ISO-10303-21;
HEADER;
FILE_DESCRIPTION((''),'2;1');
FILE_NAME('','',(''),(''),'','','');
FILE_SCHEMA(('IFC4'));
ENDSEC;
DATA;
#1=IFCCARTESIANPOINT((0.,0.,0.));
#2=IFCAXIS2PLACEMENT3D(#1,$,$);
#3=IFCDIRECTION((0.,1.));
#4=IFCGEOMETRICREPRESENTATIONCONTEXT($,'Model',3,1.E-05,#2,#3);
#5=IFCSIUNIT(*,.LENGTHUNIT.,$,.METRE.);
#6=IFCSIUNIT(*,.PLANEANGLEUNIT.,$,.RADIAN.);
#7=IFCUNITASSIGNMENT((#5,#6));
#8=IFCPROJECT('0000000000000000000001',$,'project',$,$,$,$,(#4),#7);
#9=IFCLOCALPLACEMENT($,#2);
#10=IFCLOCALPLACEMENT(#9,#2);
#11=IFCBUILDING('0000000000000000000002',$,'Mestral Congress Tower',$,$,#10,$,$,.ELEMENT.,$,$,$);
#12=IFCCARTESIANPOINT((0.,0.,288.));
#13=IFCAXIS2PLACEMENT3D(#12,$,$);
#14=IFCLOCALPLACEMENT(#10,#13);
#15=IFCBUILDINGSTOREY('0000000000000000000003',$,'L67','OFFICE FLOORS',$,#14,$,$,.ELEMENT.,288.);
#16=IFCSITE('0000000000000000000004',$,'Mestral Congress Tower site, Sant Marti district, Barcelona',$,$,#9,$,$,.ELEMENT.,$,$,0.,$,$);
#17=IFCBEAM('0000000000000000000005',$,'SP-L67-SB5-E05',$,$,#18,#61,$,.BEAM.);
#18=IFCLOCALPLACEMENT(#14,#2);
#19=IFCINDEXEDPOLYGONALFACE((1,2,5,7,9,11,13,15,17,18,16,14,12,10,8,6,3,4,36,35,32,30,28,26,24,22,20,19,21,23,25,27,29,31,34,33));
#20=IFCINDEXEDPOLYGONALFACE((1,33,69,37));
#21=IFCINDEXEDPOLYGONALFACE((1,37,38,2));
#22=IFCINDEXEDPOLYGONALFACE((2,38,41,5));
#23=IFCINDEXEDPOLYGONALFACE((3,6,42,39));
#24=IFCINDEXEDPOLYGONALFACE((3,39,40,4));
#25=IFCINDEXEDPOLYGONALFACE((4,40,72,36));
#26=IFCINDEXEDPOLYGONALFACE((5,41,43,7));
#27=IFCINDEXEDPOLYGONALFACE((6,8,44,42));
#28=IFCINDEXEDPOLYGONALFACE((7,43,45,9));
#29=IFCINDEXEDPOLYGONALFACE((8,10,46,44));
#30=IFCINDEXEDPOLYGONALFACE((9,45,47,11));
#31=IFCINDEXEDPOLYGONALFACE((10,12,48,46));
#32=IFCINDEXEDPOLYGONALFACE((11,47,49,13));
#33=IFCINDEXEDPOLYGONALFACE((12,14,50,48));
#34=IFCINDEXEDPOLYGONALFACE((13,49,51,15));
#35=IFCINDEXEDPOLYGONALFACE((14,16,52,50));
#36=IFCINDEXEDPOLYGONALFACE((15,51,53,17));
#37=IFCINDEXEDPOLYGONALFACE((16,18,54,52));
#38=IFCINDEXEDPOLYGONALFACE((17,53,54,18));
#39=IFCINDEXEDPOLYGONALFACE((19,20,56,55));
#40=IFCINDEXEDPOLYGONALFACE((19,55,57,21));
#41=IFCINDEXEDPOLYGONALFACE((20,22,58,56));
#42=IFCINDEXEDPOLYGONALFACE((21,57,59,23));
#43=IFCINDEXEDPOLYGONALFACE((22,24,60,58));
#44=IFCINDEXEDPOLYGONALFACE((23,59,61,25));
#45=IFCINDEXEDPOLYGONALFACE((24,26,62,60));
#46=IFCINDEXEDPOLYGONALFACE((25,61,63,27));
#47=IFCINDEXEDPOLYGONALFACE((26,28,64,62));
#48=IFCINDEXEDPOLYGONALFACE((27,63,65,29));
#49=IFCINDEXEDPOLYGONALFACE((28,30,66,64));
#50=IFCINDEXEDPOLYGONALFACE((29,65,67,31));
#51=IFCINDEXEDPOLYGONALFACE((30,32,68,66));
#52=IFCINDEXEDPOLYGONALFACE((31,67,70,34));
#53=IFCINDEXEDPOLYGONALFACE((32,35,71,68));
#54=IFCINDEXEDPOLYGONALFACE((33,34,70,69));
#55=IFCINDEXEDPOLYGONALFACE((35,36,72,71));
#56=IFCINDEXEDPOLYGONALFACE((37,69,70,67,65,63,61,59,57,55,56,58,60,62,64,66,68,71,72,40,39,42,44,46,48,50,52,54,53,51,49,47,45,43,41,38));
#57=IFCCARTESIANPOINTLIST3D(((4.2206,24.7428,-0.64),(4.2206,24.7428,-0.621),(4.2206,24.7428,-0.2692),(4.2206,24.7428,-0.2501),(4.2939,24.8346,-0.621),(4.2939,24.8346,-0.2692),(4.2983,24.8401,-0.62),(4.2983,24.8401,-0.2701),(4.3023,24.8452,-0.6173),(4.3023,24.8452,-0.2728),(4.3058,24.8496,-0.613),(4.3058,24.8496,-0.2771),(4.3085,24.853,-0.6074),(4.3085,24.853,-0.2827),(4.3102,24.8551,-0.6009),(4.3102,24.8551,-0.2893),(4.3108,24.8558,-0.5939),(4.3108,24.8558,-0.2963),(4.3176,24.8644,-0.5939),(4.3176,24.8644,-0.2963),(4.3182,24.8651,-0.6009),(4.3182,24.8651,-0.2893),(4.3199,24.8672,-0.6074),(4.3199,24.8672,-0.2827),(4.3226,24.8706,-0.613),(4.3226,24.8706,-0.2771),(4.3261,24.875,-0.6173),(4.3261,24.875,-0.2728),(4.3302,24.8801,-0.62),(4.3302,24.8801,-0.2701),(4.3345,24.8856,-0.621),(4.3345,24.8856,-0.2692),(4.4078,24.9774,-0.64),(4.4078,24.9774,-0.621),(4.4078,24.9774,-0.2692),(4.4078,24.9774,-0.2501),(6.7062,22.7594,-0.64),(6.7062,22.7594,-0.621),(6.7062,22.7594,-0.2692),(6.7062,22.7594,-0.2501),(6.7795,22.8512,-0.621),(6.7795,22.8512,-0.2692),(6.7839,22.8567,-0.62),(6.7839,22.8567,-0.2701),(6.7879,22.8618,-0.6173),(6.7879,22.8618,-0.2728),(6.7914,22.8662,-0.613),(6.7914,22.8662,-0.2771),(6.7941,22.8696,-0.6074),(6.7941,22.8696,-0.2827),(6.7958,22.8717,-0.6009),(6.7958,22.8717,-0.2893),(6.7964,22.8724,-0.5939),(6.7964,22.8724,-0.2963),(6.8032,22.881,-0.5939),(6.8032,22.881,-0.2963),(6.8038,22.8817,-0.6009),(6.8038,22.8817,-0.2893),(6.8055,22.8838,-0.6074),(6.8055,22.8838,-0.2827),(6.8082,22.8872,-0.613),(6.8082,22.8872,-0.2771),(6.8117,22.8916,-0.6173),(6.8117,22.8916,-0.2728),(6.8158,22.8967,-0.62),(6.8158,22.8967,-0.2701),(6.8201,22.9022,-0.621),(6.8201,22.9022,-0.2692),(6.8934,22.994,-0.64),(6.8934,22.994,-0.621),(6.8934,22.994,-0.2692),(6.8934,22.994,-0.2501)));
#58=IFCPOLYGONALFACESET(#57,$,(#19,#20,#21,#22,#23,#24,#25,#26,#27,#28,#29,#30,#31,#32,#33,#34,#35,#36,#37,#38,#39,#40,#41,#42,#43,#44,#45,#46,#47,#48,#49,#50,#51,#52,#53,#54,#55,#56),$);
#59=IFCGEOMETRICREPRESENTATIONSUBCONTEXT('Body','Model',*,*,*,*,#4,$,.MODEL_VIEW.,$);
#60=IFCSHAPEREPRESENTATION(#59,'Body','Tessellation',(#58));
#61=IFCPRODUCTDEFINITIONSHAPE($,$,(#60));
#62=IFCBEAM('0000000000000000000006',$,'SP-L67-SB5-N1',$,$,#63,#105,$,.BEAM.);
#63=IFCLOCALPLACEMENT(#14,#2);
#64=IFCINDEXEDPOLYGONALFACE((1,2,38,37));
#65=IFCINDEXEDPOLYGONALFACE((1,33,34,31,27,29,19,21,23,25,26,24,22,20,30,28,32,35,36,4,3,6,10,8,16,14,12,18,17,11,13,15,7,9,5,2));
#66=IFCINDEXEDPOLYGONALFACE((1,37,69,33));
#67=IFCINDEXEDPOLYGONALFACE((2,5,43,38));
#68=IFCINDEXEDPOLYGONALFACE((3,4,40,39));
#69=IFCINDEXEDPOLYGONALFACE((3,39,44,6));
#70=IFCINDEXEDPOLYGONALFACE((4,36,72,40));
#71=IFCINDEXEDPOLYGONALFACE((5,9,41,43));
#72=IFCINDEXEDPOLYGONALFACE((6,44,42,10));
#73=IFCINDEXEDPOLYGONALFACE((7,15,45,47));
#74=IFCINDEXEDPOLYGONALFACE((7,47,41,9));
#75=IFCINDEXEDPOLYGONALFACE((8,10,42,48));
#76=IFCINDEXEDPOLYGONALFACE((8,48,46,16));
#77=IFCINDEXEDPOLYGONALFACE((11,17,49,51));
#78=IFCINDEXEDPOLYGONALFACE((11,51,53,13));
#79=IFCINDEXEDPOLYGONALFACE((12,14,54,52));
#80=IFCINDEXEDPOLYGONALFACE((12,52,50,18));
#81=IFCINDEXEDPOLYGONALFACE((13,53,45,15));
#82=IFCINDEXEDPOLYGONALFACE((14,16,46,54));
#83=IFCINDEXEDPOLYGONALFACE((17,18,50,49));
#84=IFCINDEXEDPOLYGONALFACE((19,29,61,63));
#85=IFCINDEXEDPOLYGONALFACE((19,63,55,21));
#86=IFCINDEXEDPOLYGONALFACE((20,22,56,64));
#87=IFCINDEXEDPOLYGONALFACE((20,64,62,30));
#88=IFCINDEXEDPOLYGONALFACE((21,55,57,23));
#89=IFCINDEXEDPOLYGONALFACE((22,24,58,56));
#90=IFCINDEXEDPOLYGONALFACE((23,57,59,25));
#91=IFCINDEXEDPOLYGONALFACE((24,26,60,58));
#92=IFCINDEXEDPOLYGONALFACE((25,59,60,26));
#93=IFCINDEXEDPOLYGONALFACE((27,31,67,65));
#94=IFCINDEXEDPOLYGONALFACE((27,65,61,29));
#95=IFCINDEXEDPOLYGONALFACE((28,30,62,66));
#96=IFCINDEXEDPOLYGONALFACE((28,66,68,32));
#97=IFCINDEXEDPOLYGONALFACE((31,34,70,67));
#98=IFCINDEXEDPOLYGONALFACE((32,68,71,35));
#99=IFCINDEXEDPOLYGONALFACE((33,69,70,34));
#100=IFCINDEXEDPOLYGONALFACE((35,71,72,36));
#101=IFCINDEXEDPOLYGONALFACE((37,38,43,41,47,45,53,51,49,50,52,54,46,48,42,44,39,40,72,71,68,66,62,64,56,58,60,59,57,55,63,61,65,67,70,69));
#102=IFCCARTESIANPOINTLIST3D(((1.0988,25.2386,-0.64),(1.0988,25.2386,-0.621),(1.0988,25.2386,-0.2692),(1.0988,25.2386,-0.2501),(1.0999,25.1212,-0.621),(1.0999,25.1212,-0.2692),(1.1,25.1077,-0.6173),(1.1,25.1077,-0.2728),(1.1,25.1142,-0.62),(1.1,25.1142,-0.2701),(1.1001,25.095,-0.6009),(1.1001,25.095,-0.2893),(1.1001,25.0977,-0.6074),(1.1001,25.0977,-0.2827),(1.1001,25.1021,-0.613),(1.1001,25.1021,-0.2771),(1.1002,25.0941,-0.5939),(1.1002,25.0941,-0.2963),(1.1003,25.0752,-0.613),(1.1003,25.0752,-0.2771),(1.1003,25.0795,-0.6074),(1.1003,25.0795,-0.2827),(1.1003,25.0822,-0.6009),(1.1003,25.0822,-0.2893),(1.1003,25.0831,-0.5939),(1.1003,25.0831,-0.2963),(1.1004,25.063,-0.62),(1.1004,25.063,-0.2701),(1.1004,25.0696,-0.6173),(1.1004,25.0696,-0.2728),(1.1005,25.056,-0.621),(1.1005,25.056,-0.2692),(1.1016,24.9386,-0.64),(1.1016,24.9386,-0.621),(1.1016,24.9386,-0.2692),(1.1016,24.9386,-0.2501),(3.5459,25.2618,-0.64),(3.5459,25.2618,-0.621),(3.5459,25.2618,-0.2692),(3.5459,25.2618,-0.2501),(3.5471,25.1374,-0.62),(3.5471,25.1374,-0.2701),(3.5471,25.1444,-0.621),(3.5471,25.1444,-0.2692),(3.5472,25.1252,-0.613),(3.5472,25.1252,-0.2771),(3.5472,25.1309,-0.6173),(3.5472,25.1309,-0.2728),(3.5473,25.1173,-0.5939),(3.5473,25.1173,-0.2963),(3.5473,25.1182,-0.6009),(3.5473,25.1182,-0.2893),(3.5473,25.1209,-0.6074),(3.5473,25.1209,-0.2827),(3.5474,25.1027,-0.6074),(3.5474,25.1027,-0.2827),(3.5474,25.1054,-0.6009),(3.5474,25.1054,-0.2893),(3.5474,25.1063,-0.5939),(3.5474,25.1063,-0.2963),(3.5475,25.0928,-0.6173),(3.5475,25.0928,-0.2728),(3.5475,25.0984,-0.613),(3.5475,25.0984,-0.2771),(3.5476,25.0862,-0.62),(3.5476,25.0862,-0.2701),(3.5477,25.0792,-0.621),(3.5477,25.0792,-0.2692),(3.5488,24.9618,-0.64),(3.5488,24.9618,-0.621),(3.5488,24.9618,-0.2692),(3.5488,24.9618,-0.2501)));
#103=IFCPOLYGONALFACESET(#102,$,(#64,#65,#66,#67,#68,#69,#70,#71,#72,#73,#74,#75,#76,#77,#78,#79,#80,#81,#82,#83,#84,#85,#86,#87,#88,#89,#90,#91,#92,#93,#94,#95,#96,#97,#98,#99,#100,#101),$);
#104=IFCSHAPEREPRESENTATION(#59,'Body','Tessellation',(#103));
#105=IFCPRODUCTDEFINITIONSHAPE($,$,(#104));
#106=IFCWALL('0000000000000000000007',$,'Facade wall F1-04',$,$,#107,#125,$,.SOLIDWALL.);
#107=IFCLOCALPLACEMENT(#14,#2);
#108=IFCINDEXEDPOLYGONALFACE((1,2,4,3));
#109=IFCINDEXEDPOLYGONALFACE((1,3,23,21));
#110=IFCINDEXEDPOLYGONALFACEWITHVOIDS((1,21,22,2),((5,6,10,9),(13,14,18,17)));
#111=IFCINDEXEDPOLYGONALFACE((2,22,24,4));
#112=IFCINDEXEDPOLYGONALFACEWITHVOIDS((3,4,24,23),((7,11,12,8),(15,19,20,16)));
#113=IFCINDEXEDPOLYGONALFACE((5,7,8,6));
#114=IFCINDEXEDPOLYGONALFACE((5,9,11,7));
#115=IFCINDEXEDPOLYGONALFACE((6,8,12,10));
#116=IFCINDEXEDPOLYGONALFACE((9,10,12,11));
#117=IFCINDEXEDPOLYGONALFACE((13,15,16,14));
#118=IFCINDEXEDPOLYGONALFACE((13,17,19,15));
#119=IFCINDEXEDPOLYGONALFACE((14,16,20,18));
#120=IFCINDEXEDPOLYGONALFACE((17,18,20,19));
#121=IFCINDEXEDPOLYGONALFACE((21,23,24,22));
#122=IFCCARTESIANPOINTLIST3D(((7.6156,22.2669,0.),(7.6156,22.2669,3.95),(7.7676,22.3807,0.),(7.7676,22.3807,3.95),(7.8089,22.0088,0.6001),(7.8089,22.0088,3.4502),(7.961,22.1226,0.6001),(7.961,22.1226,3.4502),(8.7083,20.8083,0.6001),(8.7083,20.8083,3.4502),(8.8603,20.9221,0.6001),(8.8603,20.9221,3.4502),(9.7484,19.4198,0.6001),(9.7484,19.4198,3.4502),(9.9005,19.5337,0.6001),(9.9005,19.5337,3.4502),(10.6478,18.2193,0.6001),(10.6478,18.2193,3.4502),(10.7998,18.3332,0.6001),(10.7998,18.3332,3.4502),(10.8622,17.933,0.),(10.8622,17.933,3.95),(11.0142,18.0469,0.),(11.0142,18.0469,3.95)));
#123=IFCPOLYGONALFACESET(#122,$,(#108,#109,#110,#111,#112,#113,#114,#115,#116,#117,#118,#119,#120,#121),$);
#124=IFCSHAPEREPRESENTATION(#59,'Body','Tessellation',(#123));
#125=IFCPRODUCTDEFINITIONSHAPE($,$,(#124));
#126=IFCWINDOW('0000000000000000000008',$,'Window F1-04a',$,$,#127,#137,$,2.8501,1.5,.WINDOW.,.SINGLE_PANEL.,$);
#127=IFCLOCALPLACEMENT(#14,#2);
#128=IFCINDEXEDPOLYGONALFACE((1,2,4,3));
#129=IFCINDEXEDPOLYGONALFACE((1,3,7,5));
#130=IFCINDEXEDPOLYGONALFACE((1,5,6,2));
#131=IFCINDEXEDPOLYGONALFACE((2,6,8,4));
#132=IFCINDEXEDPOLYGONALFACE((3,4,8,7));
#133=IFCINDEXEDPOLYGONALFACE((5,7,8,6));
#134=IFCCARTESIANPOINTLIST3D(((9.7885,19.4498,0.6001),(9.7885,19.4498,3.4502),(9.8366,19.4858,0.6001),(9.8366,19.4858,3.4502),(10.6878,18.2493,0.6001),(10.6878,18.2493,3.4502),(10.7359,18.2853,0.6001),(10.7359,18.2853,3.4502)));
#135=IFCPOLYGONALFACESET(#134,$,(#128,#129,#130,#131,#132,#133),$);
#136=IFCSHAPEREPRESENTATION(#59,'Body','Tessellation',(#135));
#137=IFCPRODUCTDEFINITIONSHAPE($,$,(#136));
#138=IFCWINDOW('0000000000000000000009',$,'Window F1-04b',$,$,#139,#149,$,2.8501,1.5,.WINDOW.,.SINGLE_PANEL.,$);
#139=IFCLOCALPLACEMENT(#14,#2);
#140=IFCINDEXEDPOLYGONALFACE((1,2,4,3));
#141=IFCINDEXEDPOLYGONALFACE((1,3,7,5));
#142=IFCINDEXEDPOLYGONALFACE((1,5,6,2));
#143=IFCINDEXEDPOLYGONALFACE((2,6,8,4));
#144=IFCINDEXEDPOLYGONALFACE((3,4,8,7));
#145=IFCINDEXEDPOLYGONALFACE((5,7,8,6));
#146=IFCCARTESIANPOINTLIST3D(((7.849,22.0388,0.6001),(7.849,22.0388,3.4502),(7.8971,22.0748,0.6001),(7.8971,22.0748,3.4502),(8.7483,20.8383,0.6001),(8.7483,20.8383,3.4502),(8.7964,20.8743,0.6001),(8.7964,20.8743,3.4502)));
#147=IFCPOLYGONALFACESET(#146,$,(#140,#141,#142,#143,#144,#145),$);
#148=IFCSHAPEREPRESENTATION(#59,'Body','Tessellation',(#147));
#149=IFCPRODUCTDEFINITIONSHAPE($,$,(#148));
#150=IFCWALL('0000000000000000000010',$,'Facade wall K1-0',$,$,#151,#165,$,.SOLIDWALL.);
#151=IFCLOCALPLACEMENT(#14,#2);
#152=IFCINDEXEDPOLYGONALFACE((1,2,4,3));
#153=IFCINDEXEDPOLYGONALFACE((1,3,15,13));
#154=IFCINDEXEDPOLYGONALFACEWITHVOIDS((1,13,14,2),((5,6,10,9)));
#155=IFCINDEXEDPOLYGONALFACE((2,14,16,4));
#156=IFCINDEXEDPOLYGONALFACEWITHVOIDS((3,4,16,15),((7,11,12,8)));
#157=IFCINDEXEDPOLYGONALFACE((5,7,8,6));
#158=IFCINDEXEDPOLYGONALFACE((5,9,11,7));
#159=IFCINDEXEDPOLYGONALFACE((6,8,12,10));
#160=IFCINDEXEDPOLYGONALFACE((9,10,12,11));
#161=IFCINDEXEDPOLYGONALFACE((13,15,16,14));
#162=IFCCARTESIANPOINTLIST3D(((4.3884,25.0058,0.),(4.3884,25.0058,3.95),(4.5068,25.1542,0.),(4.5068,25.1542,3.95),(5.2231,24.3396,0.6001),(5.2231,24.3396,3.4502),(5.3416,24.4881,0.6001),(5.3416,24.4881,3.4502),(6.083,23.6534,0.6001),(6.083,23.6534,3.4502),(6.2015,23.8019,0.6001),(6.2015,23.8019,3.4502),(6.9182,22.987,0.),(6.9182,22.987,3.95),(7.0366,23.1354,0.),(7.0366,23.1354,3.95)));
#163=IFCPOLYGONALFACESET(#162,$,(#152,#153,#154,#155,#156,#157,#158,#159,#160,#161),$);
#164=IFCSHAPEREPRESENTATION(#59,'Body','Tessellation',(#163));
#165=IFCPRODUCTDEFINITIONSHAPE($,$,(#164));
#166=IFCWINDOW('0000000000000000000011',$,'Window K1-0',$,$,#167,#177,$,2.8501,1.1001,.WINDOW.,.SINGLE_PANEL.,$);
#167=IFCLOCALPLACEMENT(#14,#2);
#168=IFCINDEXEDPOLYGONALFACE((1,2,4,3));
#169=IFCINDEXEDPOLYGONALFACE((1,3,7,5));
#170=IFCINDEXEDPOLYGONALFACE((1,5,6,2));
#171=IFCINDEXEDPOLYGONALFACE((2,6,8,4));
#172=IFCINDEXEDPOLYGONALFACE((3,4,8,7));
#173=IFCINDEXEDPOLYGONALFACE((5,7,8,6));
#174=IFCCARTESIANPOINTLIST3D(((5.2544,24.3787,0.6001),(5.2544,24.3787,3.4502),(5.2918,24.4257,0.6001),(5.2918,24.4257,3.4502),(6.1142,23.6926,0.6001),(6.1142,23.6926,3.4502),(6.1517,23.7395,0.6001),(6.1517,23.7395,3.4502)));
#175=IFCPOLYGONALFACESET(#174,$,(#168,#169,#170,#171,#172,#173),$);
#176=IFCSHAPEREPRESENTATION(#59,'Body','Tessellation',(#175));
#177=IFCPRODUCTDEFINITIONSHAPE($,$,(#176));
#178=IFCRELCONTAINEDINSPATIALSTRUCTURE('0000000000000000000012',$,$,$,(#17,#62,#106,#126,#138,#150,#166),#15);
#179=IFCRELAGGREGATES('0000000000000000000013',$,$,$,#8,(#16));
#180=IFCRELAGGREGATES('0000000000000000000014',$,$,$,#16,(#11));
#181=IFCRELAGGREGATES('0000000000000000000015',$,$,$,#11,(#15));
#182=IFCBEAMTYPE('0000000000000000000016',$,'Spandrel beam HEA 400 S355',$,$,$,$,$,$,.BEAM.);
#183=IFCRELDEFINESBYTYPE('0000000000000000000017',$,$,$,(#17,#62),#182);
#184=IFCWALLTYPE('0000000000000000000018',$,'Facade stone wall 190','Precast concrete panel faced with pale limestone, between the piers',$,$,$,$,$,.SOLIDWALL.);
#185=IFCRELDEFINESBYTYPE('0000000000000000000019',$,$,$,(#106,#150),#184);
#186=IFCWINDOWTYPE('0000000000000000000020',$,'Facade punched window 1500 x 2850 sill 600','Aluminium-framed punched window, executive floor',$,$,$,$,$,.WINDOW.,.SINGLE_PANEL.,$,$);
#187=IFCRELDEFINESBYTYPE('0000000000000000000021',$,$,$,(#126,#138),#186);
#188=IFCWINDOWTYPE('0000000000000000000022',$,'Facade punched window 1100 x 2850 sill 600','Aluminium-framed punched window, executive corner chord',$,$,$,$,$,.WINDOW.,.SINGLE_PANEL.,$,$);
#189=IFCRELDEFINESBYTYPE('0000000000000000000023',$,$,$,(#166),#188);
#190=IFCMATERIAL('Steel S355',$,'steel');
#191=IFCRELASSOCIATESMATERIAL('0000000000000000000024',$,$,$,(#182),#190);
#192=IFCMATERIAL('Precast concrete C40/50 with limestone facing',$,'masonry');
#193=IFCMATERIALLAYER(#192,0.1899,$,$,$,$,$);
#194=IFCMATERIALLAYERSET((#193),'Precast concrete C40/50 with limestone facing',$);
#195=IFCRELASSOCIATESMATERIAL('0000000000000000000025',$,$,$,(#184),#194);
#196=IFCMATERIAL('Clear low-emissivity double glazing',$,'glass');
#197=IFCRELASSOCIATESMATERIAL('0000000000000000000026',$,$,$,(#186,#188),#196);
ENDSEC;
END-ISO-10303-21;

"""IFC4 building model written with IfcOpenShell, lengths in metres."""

from ifc_helpers import new_model, si_unit, direction, frame, frame_2d, origin, origin_2d, place, context, subcontext, project, spatial, rectangle, i_section, extrude, material, layer, layer_set, material_profile, profile_set, type_object, element, fill, save


model = new_model("IFC4")

# Units and contexts
model_context = context("Model", 3, precision=1e-05, world=origin(), true_north=direction((0.0, 1.0)))
body_context = subcontext(model_context, "Body", "Model", "MODEL_VIEW")
ifc_project = project(units=[si_unit("LENGTHUNIT", "METRE"), si_unit("PLANEANGLEUNIT", "RADIAN")], contexts=[model_context])

# Site, building, storey
site_placement = place(None, origin())
site = spatial("IfcSite", under=ifc_project, at=site_placement, Name="Mestral Congress Tower site, Sant Marti district, Barcelona", CompositionType="ELEMENT", RefElevation=0.0)
building_placement = place(site_placement, origin())
building = spatial("IfcBuilding", under=site, at=building_placement, Name="Mestral Congress Tower", CompositionType="ELEMENT")
storey_placement = place(building_placement, frame((0.0, 0.0, 288.0)))
storey = spatial("IfcBuildingStorey", under=building, at=storey_placement, Name="L67", Description="OFFICE FLOORS", CompositionType="ELEMENT", Elevation=288.0)

# Beams
ifc_material_1 = material(Name="Steel S355", Category="steel")
ifc_material_profile_1 = material_profile(ifc_material_1, i_section(OverallWidth=0.3, OverallDepth=0.3899, WebThickness=0.011, FlangeThickness=0.019, FilletRadius=0.0271, at=origin_2d()), Name="HEA 400")
ifc_profile_set_1 = profile_set([ifc_material_profile_1], Name="Steel S355")
beam_type_1 = type_object("IfcBeamType", Name="Spandrel beam HEA 400 S355", PredefinedType="BEAM", material=ifc_profile_set_1)
beam_1_placement = place(storey_placement, frame((6.7998, 22.8767, -0.4451), z_axis=(-0.781647, 0.623721, 0.0), x_axis=(-0.623721, -0.781647, 0.0)))
element("IfcBeam", 1, at=beam_1_placement, inside=storey, type_object=beam_type_1, Name="SP-L67-SB5-E05", PredefinedType="BEAM", context=body_context, shape_type="SweptSolid", body=[
    extrude(i_section(OverallWidth=0.3, OverallDepth=0.3899, WebThickness=0.011, FlangeThickness=0.019, FilletRadius=0.0271, at=origin_2d()), origin(), (0.0, 0.0, 1.0), 3.1799),
])
beam_2_placement = place(storey_placement, frame((3.5474, 25.1118, -0.4451), z_axis=(-0.999955, -0.009477, 0.0), x_axis=(0.009477, -0.999955, 0.0)))
element("IfcBeam", 2, at=beam_2_placement, inside=storey, type_object=beam_type_1, Name="SP-L67-SB5-N1", PredefinedType="BEAM", context=body_context, shape_type="SweptSolid", body=[
    extrude(i_section(OverallWidth=0.3, OverallDepth=0.3899, WebThickness=0.011, FlangeThickness=0.019, FilletRadius=0.0271, at=origin_2d()), origin(), (0.0, 0.0, 1.0), 2.4473),
])

# Wall, openings, windows
ifc_material_2 = material(Name="Precast concrete C40/50 with limestone facing", Category="masonry")
ifc_layer_1 = layer(ifc_material_2, 0.1899)
ifc_layer_set_1 = layer_set([ifc_layer_1], Name="Precast concrete C40/50 with limestone facing")
wall_type_1 = type_object("IfcWallType", Name="Facade stone wall 190", Description="Precast concrete panel faced with pale limestone, between the piers", PredefinedType="SOLIDWALL", material=ifc_layer_set_1)
wall_1_placement = place(storey_placement, frame((10.9382, 17.99, 0.0), z_axis=(0.0, 0.0, 1.0), x_axis=(-0.59956, 0.80033, 0.0)))
wall_1 = element("IfcWall", 3, at=wall_1_placement, inside=storey, type_object=wall_type_1, Name="Facade wall F1-04", PredefinedType="SOLIDWALL", context=body_context, shape_type="SweptSolid", body=[
    extrude(rectangle(XDim=5.415, YDim=0.1899, at=frame_2d((2.7075, 0.0))), origin(), (0.0, 0.0, 1.0), 3.95),
])
opening_1_placement = place(wall_1_placement, frame((0.3577, 0.0, 0.6001)))
opening_1 = element("IfcOpeningElement", 4, at=opening_1_placement, cuts=wall_1, PredefinedType="OPENING", context=body_context, shape_type="SweptSolid", body=[
    extrude(rectangle(XDim=1.5, YDim=2.8501, at=frame_2d((0.75, 1.425))), frame((0.0, 0.105, 0.0), z_axis=(0.0, -1.0, 0.0), x_axis=(1.0, 0.0, 0.0)), (0.0, 0.0, 1.0), 0.21),
])
opening_2_placement = place(wall_1_placement, frame((3.5925, 0.0, 0.6001)))
opening_2 = element("IfcOpeningElement", 5, at=opening_2_placement, cuts=wall_1, PredefinedType="OPENING", context=body_context, shape_type="SweptSolid", body=[
    extrude(rectangle(XDim=1.5, YDim=2.8501, at=frame_2d((0.75, 1.425))), frame((0.0, 0.105, 0.0), z_axis=(0.0, -1.0, 0.0), x_axis=(1.0, 0.0, 0.0)), (0.0, 0.0, 1.0), 0.21),
])
ifc_material_3 = material(Name="Clear low-emissivity double glazing", Category="glass")
window_type_1 = type_object("IfcWindowType", Name="Facade punched window 1500 x 2850 sill 600", Description="Aluminium-framed punched window, executive floor", PartitioningType="SINGLE_PANEL", PredefinedType="WINDOW", material=ifc_material_3)
window_1_placement = place(opening_1_placement, origin())
window_1 = element("IfcWindow", 6, at=window_1_placement, inside=storey, type_object=window_type_1, Name="Window F1-04a", OverallHeight=2.8501, OverallWidth=1.5, PartitioningType="SINGLE_PANEL", PredefinedType="WINDOW", context=body_context, shape_type="SweptSolid", body=[
    extrude(rectangle(XDim=1.5, YDim=2.8501, at=frame_2d((0.75, 1.425))), frame((0.0, 0.0449, 0.0), z_axis=(0.0, -1.0, 0.0), x_axis=(1.0, 0.0, 0.0)), (0.0, 0.0, 1.0), 0.0601),
])
fill(opening_1, window_1)
window_2_placement = place(opening_2_placement, origin())
window_2 = element("IfcWindow", 7, at=window_2_placement, inside=storey, type_object=window_type_1, Name="Window F1-04b", OverallHeight=2.8501, OverallWidth=1.5, PartitioningType="SINGLE_PANEL", PredefinedType="WINDOW", context=body_context, shape_type="SweptSolid", body=[
    extrude(rectangle(XDim=1.5, YDim=2.8501, at=frame_2d((0.75, 1.425))), frame((0.0, 0.0449, 0.0), z_axis=(0.0, -1.0, 0.0), x_axis=(1.0, 0.0, 0.0)), (0.0, 0.0, 1.0), 0.0601),
])
fill(opening_2, window_2)

# Wall, opening, window
wall_2_placement = place(storey_placement, frame((6.9773, 23.0613, 0.0), z_axis=(0.0, 0.0, 1.0), x_axis=(-0.781626, 0.623747, 0.0)))
wall_2 = element("IfcWall", 8, at=wall_2_placement, inside=storey, type_object=wall_type_1, Name="Facade wall K1-0", PredefinedType="SOLIDWALL", context=body_context, shape_type="SweptSolid", body=[
    extrude(rectangle(XDim=3.2366, YDim=0.1899, at=frame_2d((1.6182, 0.0))), origin(), (0.0, 0.0, 1.0), 3.95),
])
opening_3_placement = place(wall_2_placement, frame((1.0684, 0.0, 0.6001)))
opening_3 = element("IfcOpeningElement", 9, at=opening_3_placement, cuts=wall_2, PredefinedType="OPENING", context=body_context, shape_type="SweptSolid", body=[
    extrude(rectangle(XDim=1.1001, YDim=2.8501, at=frame_2d((0.55, 1.425))), frame((0.0, 0.105, 0.0), z_axis=(0.0, -1.0, 0.0), x_axis=(1.0, 0.0, 0.0)), (0.0, 0.0, 1.0), 0.21),
])
window_type_2 = type_object("IfcWindowType", Name="Facade punched window 1100 x 2850 sill 600", Description="Aluminium-framed punched window, executive corner chord", PartitioningType="SINGLE_PANEL", PredefinedType="WINDOW", material=ifc_material_3)
window_3_placement = place(opening_3_placement, origin())
window_3 = element("IfcWindow", 10, at=window_3_placement, inside=storey, type_object=window_type_2, Name="Window K1-0", OverallHeight=2.8501, OverallWidth=1.1001, PartitioningType="SINGLE_PANEL", PredefinedType="WINDOW", context=body_context, shape_type="SweptSolid", body=[
    extrude(rectangle(XDim=1.1001, YDim=2.8501, at=frame_2d((0.55, 1.425))), frame((0.0, 0.0449, 0.0), z_axis=(0.0, -1.0, 0.0), x_axis=(1.0, 0.0, 0.0)), (0.0, 0.0, 1.0), 0.0601),
])
fill(opening_3, window_3)

save(model, "model.ifc")
